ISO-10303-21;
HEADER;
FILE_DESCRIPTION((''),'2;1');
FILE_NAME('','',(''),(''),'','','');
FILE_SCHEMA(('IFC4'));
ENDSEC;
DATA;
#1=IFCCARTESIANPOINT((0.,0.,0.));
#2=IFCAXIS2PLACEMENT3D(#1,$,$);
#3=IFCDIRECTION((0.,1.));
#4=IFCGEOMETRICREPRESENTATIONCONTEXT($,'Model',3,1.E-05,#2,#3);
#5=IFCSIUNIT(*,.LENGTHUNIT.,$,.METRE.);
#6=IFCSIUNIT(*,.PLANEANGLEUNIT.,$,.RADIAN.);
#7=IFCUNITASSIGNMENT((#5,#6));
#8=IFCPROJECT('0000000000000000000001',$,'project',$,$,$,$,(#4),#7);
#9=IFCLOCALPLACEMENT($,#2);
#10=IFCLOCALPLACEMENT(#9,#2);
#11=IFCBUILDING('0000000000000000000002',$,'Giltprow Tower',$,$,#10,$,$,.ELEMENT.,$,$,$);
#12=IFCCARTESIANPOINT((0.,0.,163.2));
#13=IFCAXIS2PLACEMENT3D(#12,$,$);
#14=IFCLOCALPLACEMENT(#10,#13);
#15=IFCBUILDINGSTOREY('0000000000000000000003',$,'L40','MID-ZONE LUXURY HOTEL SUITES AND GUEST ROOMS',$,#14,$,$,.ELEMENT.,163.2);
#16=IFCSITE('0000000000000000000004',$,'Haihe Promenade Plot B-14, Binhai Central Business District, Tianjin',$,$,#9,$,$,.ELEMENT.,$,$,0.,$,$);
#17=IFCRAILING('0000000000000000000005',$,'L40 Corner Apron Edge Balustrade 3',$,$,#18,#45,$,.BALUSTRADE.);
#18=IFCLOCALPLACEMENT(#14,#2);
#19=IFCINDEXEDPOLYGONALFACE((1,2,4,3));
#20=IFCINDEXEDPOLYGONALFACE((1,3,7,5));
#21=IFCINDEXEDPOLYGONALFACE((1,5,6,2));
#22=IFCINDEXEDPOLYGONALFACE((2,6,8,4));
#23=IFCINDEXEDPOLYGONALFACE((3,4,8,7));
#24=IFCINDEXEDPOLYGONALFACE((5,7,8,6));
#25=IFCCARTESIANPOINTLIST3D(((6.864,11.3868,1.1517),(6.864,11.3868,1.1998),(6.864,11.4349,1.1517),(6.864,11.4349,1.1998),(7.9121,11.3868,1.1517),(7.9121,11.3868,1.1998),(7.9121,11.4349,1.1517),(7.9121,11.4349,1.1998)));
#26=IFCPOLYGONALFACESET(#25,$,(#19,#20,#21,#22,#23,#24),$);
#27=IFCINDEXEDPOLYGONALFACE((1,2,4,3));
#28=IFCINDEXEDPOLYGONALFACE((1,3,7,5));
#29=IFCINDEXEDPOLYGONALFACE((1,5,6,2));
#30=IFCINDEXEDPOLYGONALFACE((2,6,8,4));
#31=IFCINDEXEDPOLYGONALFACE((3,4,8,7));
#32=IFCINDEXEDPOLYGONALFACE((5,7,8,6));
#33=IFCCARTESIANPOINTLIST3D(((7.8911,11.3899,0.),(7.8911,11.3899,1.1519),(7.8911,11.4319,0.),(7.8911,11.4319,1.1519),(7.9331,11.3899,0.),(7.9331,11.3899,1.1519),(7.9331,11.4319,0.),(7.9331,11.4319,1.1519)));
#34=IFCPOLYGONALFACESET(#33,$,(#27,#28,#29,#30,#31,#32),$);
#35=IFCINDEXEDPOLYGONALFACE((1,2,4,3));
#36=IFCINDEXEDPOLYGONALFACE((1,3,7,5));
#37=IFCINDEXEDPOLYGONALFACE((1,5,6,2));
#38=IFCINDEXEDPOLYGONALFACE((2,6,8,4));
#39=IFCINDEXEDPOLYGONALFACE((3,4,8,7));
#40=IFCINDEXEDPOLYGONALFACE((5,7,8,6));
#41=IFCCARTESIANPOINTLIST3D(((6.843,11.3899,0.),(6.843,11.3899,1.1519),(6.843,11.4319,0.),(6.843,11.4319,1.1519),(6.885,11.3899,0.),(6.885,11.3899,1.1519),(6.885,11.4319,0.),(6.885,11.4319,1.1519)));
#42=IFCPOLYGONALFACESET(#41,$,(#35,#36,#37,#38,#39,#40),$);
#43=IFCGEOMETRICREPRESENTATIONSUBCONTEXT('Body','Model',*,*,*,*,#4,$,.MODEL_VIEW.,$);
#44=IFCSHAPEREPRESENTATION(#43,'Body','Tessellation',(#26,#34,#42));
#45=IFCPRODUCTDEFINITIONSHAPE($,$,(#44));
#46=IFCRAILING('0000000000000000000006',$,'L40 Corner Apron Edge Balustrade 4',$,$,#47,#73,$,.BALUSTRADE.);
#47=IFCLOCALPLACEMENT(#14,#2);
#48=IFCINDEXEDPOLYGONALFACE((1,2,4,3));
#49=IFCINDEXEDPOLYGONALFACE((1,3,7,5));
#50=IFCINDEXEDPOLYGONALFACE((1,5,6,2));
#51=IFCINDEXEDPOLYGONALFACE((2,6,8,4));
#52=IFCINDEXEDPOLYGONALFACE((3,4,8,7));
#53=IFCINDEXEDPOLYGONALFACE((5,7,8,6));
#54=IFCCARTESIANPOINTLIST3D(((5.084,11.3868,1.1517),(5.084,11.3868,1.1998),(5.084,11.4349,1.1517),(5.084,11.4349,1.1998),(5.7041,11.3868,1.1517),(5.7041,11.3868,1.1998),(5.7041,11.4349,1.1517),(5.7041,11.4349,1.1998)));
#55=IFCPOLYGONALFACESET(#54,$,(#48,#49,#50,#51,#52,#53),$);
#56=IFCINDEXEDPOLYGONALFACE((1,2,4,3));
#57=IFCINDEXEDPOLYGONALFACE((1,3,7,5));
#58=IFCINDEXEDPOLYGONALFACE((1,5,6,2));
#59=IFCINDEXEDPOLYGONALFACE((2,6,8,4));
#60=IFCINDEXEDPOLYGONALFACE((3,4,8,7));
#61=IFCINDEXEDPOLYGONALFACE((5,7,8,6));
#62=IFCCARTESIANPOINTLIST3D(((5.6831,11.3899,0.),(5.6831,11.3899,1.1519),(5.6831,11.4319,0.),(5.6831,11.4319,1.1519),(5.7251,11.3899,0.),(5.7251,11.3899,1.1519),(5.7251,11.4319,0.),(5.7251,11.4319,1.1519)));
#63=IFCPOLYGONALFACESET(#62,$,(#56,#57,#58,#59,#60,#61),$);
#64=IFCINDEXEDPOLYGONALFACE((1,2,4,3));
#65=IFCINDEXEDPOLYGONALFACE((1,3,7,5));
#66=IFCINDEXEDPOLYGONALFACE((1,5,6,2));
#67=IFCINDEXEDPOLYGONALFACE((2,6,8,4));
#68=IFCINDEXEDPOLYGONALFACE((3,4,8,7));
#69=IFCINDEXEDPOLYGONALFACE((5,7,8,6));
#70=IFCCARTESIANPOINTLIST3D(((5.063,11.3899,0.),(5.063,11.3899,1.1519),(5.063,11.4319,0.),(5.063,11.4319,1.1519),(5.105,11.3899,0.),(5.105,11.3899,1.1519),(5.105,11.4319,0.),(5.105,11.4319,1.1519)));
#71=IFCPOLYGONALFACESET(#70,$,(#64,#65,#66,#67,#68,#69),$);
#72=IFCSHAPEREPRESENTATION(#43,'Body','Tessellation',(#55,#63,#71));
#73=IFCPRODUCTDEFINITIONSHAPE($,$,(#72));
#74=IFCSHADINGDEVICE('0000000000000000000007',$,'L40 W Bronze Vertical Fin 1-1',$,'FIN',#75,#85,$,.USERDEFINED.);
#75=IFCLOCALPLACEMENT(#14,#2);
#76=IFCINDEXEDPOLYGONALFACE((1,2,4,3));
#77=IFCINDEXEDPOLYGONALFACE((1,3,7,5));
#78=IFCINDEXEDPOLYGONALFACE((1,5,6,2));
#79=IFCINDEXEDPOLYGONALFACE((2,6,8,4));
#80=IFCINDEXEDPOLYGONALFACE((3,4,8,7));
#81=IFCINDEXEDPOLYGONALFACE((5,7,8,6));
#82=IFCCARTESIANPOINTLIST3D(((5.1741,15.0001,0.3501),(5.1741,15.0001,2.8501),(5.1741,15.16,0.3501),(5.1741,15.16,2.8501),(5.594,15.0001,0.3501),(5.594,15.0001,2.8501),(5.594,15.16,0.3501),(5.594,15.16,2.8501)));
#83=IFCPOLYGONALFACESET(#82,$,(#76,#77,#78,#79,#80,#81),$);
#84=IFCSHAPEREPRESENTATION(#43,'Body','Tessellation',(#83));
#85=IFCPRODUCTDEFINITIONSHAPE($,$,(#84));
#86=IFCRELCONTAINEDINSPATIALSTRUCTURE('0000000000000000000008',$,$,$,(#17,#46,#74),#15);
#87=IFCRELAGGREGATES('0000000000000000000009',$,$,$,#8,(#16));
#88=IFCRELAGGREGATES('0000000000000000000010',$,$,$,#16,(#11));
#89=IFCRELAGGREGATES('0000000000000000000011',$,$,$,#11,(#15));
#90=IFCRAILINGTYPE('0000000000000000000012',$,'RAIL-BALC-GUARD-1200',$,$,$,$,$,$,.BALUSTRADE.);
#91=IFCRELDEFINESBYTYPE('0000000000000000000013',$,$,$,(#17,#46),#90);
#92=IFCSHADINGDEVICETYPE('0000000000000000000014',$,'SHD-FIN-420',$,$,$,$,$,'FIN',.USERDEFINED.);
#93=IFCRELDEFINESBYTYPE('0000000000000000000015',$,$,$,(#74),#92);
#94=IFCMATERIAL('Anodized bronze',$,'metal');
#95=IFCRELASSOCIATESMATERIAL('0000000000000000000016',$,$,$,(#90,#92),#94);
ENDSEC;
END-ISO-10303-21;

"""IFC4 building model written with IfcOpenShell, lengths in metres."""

from ifc_helpers import new_model, si_unit, direction, frame, origin, origin_2d, place, context, subcontext, project, spatial, rectangle, extrude, source, transform, mapped, material, type_object, element, save


model = new_model("IFC4")

# Units and contexts
model_context = context("Model", 3, precision=1e-05, world=origin(), true_north=direction((0.0, 1.0)))
body_context = subcontext(model_context, "Body", "Model", "MODEL_VIEW")
ifc_project = project(units=[si_unit("LENGTHUNIT", "METRE"), si_unit("PLANEANGLEUNIT", "RADIAN")], contexts=[model_context])

# Site, building, storey
site_placement = place(None, origin())
site = spatial("IfcSite", under=ifc_project, at=site_placement, Name="Haihe Promenade Plot B-14, Binhai Central Business District, Tianjin", CompositionType="ELEMENT", RefElevation=0.0)
building_placement = place(site_placement, origin())
building = spatial("IfcBuilding", under=site, at=building_placement, Name="Giltprow Tower", CompositionType="ELEMENT")
storey_placement = place(building_placement, frame((0.0, 0.0, 163.2)))
storey = spatial("IfcBuildingStorey", under=building, at=storey_placement, Name="L40", Description="MID-ZONE LUXURY HOTEL SUITES AND GUEST ROOMS", CompositionType="ELEMENT", Elevation=163.2)

# Shared definitions
ifc_material_1 = material(Name="Anodized bronze", Category="metal")

# Railings
railing_type = type_object("IfcRailingType", Name="RAIL-BALC-GUARD-1200", PredefinedType="BALUSTRADE", material=ifc_material_1)
railing_1_placement = place(storey_placement, frame((7.9121, 11.4109, 0.0)))
element("IfcRailing", 1, at=railing_1_placement, inside=storey, type_object=railing_type, Name="L40 Corner Apron Edge Balustrade 3", PredefinedType="BALUSTRADE", context=body_context, shape_type="SweptSolid", body=[
    extrude(rectangle(XDim=0.0481, YDim=0.0481, at=origin_2d()), frame((0.0, 0.0, 1.1758), z_axis=(-1.0, 0.0, 0.0), x_axis=(0.0, -1.0, 0.0)), (0.0, 0.0, 1.0), 1.0481),
    extrude(rectangle(XDim=0.042, YDim=0.042, at=origin_2d()), origin(), (0.0, 0.0, 1.0), 1.1519),
    extrude(rectangle(XDim=0.042, YDim=0.042, at=origin_2d()), frame((-1.0481, 0.0, 0.0)), (0.0, 0.0, 1.0), 1.1519),
])
railing_2_placement = place(storey_placement, frame((5.7041, 11.4109, 0.0)))
element("IfcRailing", 2, at=railing_2_placement, inside=storey, type_object=railing_type, Name="L40 Corner Apron Edge Balustrade 4", PredefinedType="BALUSTRADE", context=body_context, shape_type="SweptSolid", body=[
    extrude(rectangle(XDim=0.0481, YDim=0.0481, at=origin_2d()), frame((0.0, 0.0, 1.1758), z_axis=(-1.0, 0.0, 0.0), x_axis=(0.0, -1.0, 0.0)), (0.0, 0.0, 1.0), 0.6201),
    extrude(rectangle(XDim=0.042, YDim=0.042, at=origin_2d()), origin(), (0.0, 0.0, 1.0), 1.1519),
    extrude(rectangle(XDim=0.042, YDim=0.042, at=origin_2d()), frame((-0.6201, 0.0, 0.0)), (0.0, 0.0, 1.0), 1.1519),
])

# Shading device
shading_device_type = type_object("IfcShadingDeviceType", Name="SHD-FIN-420", ElementType="FIN", PredefinedType="USERDEFINED", material=ifc_material_1)
shared_shape_1 = source(origin(), body_context, "Body", "SweptSolid", [
    extrude(rectangle(XDim=0.4199, YDim=0.1599, at=origin_2d()), origin(), (0.0, 0.0, 1.0), 2.5),
])
shading_device_placement = place(storey_placement, frame((5.384, 15.0801, 0.3501), z_axis=(0.0, 0.0, 1.0), x_axis=(1.0, 0.0, 0.0)))
element("IfcShadingDevice", 3, at=shading_device_placement, inside=storey, type_object=shading_device_type, Name="L40 W Bronze Vertical Fin 1-1", ObjectType="FIN", PredefinedType="USERDEFINED", context=body_context, shape_type="MappedRepresentation", body=[
    mapped(shared_shape_1, transform((0.0, 0.0, 0.0), x_axis=(1.0, 0.0, 0.0), y_axis=(0.0, 1.0, 0.0), z_axis=(0.0, 0.0, 1.0), scale=1.0)),
])

save(model, "model.ifc")
